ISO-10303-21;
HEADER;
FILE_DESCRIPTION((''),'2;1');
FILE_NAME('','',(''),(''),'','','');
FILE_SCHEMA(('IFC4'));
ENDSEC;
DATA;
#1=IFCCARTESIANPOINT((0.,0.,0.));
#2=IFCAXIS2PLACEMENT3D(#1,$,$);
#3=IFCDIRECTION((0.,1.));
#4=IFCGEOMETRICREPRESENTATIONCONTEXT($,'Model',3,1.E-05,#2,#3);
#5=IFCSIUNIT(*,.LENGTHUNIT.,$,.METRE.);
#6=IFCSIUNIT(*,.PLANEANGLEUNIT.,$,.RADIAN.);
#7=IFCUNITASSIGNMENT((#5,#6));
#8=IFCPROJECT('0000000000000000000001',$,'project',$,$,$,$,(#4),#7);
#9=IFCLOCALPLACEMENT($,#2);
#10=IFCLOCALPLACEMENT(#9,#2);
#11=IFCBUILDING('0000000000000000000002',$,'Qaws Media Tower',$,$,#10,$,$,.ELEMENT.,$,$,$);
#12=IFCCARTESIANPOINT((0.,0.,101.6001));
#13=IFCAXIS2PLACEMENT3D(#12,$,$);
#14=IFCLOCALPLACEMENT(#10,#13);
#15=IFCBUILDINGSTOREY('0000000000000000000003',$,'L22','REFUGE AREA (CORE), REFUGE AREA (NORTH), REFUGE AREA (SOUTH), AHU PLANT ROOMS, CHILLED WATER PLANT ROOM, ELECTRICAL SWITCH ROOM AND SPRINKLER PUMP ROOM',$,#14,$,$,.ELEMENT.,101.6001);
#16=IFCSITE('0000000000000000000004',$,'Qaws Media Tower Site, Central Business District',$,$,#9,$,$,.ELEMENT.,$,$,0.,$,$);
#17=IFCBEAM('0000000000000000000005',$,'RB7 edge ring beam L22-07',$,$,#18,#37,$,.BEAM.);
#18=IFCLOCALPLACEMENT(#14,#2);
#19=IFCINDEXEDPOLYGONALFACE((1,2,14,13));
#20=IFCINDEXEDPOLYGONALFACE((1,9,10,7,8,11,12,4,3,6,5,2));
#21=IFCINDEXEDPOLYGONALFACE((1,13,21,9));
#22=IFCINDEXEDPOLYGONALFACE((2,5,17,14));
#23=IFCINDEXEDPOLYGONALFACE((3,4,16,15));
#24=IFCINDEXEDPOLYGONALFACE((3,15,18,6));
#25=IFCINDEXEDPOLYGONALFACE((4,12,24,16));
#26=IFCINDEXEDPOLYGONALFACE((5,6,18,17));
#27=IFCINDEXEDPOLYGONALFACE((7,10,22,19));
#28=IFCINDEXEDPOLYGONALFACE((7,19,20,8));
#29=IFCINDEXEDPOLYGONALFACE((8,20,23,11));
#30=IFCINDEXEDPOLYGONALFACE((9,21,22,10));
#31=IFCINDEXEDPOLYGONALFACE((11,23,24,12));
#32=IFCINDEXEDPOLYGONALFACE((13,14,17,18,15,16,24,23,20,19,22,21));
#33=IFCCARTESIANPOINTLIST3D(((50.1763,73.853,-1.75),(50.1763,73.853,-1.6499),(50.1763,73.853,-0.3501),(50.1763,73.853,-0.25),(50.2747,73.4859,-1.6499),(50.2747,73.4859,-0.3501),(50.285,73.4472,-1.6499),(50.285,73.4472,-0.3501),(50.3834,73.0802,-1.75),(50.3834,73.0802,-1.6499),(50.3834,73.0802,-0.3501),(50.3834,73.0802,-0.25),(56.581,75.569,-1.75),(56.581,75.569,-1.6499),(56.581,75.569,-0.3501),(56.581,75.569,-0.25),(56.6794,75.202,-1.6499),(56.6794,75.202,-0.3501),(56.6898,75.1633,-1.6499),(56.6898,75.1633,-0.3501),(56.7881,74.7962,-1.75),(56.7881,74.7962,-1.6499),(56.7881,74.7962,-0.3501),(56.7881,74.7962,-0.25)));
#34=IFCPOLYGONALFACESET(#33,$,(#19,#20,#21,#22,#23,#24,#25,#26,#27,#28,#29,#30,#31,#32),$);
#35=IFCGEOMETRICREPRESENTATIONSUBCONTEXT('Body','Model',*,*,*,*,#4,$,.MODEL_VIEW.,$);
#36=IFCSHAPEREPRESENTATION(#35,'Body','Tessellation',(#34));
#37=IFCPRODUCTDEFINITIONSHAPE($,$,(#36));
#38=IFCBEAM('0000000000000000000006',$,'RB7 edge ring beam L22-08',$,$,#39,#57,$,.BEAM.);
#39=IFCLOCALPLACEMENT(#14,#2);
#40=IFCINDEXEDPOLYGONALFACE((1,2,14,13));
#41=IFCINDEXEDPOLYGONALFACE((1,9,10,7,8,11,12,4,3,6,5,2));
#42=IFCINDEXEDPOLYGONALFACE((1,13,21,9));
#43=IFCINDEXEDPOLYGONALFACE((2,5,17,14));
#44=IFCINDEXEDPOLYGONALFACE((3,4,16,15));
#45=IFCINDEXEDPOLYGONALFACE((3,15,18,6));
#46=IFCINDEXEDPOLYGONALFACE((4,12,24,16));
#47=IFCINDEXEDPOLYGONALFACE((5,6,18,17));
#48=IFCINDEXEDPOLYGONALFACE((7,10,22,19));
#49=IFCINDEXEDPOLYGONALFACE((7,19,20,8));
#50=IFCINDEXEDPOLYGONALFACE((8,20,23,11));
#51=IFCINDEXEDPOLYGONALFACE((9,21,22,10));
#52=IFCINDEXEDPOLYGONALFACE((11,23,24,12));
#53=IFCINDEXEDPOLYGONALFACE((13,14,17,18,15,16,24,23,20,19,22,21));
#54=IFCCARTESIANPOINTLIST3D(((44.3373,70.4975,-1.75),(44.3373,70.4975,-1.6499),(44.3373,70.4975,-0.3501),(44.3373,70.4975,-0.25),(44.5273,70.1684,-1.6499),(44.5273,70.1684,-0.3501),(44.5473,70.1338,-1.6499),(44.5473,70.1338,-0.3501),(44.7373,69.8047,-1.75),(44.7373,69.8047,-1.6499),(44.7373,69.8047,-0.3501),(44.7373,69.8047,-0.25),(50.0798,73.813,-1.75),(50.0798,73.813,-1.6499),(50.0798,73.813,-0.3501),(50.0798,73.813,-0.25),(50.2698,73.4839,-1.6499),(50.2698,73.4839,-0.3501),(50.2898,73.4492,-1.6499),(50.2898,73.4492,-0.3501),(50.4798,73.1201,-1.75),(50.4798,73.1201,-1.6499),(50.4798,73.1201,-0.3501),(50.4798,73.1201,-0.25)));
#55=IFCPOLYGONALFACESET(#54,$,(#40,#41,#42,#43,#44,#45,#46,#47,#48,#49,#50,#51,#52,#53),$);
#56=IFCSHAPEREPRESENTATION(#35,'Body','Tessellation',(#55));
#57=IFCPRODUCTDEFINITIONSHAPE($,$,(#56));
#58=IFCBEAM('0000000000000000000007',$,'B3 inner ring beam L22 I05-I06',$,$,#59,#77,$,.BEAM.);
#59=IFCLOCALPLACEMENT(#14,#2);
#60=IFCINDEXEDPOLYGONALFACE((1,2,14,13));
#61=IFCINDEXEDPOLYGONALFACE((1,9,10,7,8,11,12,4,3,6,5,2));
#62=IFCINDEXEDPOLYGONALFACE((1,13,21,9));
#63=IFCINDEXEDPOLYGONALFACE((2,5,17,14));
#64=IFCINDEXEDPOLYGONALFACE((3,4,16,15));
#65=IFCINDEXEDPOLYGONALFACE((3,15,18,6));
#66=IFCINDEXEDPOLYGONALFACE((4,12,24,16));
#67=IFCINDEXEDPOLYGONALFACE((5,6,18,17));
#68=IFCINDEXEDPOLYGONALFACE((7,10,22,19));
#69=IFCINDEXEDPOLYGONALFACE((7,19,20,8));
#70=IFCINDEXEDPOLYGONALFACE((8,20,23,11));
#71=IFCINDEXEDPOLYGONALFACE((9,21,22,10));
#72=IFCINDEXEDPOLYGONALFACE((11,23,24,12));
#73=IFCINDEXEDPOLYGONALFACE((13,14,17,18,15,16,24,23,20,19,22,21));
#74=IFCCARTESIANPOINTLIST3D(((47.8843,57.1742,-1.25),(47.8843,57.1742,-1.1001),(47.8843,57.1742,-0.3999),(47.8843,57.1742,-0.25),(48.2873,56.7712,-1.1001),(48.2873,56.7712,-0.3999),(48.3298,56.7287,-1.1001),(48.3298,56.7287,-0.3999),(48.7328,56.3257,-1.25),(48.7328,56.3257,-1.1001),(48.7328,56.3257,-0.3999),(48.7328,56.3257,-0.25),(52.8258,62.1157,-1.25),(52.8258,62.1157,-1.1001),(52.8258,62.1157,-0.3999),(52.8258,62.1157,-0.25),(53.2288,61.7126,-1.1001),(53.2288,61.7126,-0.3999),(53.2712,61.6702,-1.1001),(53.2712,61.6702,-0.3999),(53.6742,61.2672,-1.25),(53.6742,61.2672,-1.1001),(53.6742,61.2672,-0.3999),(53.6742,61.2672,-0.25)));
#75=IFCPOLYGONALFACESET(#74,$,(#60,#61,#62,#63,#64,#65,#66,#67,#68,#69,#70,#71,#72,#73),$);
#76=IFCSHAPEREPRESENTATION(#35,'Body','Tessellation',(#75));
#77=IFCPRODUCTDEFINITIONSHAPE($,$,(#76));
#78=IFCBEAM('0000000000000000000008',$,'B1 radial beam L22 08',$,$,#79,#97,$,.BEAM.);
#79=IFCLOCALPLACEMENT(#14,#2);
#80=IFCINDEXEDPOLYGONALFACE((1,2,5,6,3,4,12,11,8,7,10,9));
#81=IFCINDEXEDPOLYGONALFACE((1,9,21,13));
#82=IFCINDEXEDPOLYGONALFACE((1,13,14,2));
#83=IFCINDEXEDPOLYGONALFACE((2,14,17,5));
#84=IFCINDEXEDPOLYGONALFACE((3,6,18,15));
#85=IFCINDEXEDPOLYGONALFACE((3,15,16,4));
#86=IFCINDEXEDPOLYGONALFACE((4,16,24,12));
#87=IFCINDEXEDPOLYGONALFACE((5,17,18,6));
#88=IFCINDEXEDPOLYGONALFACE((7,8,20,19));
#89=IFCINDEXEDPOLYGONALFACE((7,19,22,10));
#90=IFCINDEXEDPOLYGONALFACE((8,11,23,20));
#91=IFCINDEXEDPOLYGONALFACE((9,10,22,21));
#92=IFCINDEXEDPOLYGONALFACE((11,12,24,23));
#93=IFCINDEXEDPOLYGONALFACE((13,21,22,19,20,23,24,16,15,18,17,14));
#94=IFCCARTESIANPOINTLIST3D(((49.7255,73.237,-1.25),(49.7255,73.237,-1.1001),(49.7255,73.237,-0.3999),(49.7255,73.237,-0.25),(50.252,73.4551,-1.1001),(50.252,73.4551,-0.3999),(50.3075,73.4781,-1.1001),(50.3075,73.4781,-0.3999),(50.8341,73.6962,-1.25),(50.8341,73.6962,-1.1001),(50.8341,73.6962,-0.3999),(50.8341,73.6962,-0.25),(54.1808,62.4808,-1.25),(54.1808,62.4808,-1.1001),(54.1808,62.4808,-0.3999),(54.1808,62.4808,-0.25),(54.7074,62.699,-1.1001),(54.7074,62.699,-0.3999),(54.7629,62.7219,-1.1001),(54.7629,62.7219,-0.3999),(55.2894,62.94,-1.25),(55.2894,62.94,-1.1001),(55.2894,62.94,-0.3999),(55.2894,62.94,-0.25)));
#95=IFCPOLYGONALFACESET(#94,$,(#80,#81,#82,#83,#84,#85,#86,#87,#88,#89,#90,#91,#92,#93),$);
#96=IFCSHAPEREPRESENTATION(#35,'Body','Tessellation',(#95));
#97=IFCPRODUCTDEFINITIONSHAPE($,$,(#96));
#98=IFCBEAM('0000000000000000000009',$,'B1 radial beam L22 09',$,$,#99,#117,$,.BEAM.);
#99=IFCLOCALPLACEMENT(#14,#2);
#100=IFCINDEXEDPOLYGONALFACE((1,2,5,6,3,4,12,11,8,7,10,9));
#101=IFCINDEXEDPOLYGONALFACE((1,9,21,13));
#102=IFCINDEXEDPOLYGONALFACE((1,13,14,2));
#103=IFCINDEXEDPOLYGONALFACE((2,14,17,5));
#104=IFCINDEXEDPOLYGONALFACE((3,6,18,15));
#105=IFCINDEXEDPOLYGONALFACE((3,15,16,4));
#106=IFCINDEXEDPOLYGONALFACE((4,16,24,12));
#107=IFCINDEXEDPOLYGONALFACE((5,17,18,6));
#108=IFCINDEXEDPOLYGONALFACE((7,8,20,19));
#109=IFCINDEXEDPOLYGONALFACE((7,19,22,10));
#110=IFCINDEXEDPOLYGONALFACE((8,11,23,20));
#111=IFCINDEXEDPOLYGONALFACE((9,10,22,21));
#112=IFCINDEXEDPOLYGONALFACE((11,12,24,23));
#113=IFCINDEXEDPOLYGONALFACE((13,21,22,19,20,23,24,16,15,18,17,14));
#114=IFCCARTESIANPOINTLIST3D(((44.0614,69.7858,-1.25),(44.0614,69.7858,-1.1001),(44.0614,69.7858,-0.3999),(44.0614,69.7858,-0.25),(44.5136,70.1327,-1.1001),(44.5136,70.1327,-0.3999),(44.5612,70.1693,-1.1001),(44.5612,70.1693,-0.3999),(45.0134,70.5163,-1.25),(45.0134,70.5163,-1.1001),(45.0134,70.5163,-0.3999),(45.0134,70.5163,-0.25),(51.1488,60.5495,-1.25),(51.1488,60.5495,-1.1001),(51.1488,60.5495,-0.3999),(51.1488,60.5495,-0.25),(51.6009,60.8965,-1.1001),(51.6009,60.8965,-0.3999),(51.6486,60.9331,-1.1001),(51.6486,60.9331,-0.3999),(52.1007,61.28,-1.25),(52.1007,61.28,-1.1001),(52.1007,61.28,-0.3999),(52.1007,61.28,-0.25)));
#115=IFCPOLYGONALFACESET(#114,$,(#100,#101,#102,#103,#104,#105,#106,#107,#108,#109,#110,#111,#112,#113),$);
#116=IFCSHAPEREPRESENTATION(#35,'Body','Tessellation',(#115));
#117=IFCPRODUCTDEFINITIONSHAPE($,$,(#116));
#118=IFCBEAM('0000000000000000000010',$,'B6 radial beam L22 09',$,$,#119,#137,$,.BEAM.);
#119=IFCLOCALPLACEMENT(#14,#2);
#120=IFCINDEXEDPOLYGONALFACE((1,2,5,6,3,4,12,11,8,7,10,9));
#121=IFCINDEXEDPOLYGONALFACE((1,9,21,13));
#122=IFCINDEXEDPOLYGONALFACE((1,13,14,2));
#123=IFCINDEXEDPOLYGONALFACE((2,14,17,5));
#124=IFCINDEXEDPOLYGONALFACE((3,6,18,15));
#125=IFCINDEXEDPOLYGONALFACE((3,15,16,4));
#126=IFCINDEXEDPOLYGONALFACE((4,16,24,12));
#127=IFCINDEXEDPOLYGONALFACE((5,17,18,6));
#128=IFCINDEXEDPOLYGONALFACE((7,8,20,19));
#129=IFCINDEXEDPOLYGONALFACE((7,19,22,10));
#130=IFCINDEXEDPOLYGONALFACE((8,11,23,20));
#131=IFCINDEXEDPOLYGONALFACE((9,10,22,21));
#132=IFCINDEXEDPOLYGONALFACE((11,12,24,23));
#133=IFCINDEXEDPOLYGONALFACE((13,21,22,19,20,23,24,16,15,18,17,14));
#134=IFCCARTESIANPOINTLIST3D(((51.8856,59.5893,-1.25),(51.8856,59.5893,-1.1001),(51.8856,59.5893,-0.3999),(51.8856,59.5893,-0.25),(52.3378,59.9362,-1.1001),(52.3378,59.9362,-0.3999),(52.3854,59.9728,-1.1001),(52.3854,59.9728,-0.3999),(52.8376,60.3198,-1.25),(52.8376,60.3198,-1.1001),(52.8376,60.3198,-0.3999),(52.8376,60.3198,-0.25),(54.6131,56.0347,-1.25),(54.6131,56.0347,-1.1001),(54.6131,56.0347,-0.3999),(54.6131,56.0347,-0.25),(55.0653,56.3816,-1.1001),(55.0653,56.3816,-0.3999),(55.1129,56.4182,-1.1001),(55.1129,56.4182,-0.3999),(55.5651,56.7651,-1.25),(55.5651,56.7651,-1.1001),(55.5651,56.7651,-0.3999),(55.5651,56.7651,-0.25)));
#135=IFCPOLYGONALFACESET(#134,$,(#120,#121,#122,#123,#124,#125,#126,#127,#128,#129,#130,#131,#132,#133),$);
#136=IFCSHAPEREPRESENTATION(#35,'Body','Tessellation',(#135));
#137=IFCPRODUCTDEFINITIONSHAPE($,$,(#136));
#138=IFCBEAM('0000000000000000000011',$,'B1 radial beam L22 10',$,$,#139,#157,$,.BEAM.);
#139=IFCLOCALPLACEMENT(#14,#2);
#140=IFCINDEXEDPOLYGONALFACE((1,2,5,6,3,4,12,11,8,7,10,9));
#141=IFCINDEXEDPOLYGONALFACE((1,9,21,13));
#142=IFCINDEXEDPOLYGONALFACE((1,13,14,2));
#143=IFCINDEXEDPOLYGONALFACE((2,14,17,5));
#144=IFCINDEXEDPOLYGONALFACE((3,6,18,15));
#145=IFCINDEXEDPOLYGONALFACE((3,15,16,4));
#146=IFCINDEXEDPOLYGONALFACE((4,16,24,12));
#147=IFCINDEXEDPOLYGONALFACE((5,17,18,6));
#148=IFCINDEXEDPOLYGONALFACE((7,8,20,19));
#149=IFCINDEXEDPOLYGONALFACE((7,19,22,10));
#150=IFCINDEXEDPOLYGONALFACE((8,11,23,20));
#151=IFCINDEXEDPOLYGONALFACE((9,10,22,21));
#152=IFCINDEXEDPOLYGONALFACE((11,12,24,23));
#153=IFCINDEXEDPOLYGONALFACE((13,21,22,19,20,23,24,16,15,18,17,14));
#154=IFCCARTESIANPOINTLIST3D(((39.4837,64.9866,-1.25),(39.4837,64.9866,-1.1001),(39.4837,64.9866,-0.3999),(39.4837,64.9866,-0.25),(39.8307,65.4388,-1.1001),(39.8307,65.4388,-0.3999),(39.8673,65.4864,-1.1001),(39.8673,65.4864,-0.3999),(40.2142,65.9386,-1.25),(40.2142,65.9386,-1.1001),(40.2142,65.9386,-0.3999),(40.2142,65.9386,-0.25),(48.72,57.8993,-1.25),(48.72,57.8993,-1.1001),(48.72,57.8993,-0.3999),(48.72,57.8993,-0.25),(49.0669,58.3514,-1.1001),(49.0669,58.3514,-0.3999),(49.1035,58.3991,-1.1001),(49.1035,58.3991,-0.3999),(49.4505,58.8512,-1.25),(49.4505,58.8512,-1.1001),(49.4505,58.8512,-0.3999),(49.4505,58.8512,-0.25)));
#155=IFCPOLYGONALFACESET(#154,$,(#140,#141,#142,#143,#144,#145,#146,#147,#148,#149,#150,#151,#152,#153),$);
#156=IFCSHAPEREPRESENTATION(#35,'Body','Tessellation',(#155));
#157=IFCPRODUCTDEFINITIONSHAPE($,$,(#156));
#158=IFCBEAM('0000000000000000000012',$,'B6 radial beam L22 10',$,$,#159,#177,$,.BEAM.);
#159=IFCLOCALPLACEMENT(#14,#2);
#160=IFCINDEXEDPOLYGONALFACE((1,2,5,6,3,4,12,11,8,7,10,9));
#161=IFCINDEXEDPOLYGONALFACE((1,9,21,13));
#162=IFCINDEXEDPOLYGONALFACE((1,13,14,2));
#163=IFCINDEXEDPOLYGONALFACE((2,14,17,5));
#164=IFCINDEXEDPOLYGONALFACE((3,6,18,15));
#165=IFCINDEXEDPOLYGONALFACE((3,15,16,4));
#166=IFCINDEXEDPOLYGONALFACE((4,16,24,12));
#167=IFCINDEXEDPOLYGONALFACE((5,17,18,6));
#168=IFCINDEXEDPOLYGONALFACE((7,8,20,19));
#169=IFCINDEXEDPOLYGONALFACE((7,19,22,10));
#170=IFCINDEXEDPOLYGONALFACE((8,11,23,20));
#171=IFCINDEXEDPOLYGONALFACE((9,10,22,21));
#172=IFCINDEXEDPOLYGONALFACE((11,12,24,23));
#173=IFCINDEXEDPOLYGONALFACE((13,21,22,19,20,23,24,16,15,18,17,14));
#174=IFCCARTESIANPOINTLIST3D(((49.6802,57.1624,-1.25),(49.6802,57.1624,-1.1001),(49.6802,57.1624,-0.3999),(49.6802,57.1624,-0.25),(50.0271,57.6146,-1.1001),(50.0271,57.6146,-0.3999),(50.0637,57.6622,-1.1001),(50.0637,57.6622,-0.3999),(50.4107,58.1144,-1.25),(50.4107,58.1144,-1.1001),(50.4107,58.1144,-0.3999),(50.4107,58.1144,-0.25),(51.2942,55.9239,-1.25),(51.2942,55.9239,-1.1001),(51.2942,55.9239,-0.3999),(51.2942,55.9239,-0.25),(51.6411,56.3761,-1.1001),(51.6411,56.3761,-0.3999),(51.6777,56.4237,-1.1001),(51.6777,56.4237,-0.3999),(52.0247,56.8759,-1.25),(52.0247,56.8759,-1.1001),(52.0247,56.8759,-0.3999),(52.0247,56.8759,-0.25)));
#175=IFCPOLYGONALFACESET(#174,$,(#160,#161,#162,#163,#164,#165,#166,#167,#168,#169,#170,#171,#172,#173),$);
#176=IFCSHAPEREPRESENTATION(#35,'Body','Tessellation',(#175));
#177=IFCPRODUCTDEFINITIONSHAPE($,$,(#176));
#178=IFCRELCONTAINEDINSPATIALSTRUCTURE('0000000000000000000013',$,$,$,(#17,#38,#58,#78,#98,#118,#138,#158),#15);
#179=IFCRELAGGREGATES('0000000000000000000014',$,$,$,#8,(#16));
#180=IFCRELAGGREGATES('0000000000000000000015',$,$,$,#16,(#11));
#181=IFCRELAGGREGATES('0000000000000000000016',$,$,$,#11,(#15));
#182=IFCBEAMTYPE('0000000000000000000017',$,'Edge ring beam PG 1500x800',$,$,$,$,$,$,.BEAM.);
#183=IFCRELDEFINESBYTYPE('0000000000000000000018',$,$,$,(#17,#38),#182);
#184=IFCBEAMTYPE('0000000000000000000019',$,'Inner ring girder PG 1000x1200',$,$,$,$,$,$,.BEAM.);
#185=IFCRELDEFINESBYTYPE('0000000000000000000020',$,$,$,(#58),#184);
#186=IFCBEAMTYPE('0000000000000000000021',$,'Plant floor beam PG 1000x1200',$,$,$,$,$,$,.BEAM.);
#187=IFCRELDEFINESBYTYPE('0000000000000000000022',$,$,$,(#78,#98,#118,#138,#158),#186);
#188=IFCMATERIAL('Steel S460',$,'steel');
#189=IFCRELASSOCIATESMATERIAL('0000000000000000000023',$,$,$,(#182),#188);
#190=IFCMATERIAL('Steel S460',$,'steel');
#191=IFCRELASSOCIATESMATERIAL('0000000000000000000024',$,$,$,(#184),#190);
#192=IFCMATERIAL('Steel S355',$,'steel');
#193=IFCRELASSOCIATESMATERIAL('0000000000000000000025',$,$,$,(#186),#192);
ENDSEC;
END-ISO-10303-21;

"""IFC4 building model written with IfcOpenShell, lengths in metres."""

from ifc_helpers import new_model, si_unit, direction, frame, origin, origin_2d, place, context, subcontext, project, spatial, i_section, extrude, material, material_profile, profile_set, type_object, element, save


model = new_model("IFC4")

# Units and contexts
model_context = context("Model", 3, precision=1e-05, world=origin(), true_north=direction((0.0, 1.0)))
body_context = subcontext(model_context, "Body", "Model", "MODEL_VIEW")
ifc_project = project(units=[si_unit("LENGTHUNIT", "METRE"), si_unit("PLANEANGLEUNIT", "RADIAN")], contexts=[model_context])

# Site, building, storey
site_placement = place(None, origin())
site = spatial("IfcSite", under=ifc_project, at=site_placement, Name="Qaws Media Tower Site, Central Business District", CompositionType="ELEMENT", RefElevation=0.0)
building_placement = place(site_placement, origin())
building = spatial("IfcBuilding", under=site, at=building_placement, Name="Qaws Media Tower", CompositionType="ELEMENT")
storey_placement = place(building_placement, frame((0.0, 0.0, 101.6001)))
storey = spatial("IfcBuildingStorey", under=building, at=storey_placement, Name="L22", Description="REFUGE AREA (CORE), REFUGE AREA (NORTH), REFUGE AREA (SOUTH), AHU PLANT ROOMS, CHILLED WATER PLANT ROOM, ELECTRICAL SWITCH ROOM AND SPRINKLER PUMP ROOM", CompositionType="ELEMENT", Elevation=101.6001)

# Beams
ifc_material_1 = material(Name="Steel S460", Category="steel")
ifc_material_profile_1 = material_profile(ifc_material_1, i_section(OverallWidth=0.8, OverallDepth=1.5, WebThickness=0.04, FlangeThickness=0.1001, at=origin_2d()), Name="PG 1500x800")
ifc_profile_set_1 = profile_set([ifc_material_profile_1], Name="Steel S460")
beam_type_1 = type_object("IfcBeamType", Name="Edge ring beam PG 1500x800", PredefinedType="BEAM", material=ifc_profile_set_1)
beam_1_placement = place(storey_placement, frame((56.6846, 75.1826, -1.0), z_axis=(-0.965929, -0.258806, 0.0), x_axis=(0.258806, -0.965929, 0.0)))
element("IfcBeam", 1, at=beam_1_placement, inside=storey, type_object=beam_type_1, Name="RB7 edge ring beam L22-07", PredefinedType="BEAM", context=body_context, shape_type="SweptSolid", body=[
    extrude(i_section(OverallWidth=0.8, OverallDepth=1.5, WebThickness=0.04, FlangeThickness=0.1001, at=origin_2d()), origin(), (0.0, 0.0, 1.0), 6.6306),
])
beam_2_placement = place(storey_placement, frame((50.2798, 73.4666, -1.0), z_axis=(-0.866023, -0.500004, 0.0), x_axis=(0.500004, -0.866023, 0.0)))
element("IfcBeam", 2, at=beam_2_placement, inside=storey, type_object=beam_type_1, Name="RB7 edge ring beam L22-08", PredefinedType="BEAM", context=body_context, shape_type="SweptSolid", body=[
    extrude(i_section(OverallWidth=0.8, OverallDepth=1.5, WebThickness=0.04, FlangeThickness=0.1001, at=origin_2d()), origin(), (0.0, 0.0, 1.0), 6.6309),
])
ifc_material_2 = material(Name="Steel S460", Category="steel")
ifc_material_profile_2 = material_profile(ifc_material_2, i_section(OverallWidth=1.2, OverallDepth=1.0, WebThickness=0.0601, FlangeThickness=0.1499, at=origin_2d()), Name="PG 1000x1200")
ifc_profile_set_2 = profile_set([ifc_material_profile_2], Name="Steel S460")
beam_type_2 = type_object("IfcBeamType", Name="Inner ring girder PG 1000x1200", PredefinedType="BEAM", material=ifc_profile_set_2)
beam_3_placement = place(storey_placement, frame((53.25, 61.6914, -0.75), z_axis=(-0.707107, -0.707107, 0.0), x_axis=(0.707107, -0.707107, 0.0)))
element("IfcBeam", 3, at=beam_3_placement, inside=storey, type_object=beam_type_2, Name="B3 inner ring beam L22 I05-I06", PredefinedType="BEAM", context=body_context, shape_type="SweptSolid", body=[
    extrude(i_section(OverallWidth=1.2, OverallDepth=1.0, WebThickness=0.0601, FlangeThickness=0.1499, at=origin_2d()), origin(), (0.0, 0.0, 1.0), 6.9883),
])
ifc_material_3 = material(Name="Steel S355", Category="steel")
ifc_material_profile_3 = material_profile(ifc_material_3, i_section(OverallWidth=1.2, OverallDepth=1.0, WebThickness=0.0601, FlangeThickness=0.1499, at=origin_2d()), Name="PG 1000x1200")
ifc_profile_set_3 = profile_set([ifc_material_profile_3], Name="Steel S355")
beam_type_3 = type_object("IfcBeamType", Name="Plant floor beam PG 1000x1200", PredefinedType="BEAM", material=ifc_profile_set_3)
beam_4_placement = place(storey_placement, frame((54.7351, 62.7104, -0.75), z_axis=(-0.382683, 0.92388, 0.0), x_axis=(-0.92388, -0.382683, 0.0)))
element("IfcBeam", 4, at=beam_4_placement, inside=storey, type_object=beam_type_3, Name="B1 radial beam L22 08", PredefinedType="BEAM", context=body_context, shape_type="SweptSolid", body=[
    extrude(i_section(OverallWidth=1.2, OverallDepth=1.0, WebThickness=0.0601, FlangeThickness=0.1499, at=origin_2d()), origin(), (0.0, 0.0, 1.0), 11.6423),
])
beam_5_placement = place(storey_placement, frame((51.6248, 60.9148, -0.75), z_axis=(-0.608768, 0.793348, 0.0), x_axis=(-0.793348, -0.608768, 0.0)))
element("IfcBeam", 5, at=beam_5_placement, inside=storey, type_object=beam_type_3, Name="B1 radial beam L22 09", PredefinedType="BEAM", context=body_context, shape_type="SweptSolid", body=[
    extrude(i_section(OverallWidth=1.2, OverallDepth=1.0, WebThickness=0.0601, FlangeThickness=0.1499, at=origin_2d()), origin(), (0.0, 0.0, 1.0), 11.6421),
])
beam_6_placement = place(storey_placement, frame((55.0891, 56.3999, -0.75), z_axis=(-0.608752, 0.793361, 0.0), x_axis=(-0.793361, -0.608752, 0.0)))
element("IfcBeam", 6, at=beam_6_placement, inside=storey, type_object=beam_type_3, Name="B6 radial beam L22 09", PredefinedType="BEAM", context=body_context, shape_type="SweptSolid", body=[
    extrude(i_section(OverallWidth=1.2, OverallDepth=1.0, WebThickness=0.0601, FlangeThickness=0.1499, at=origin_2d()), origin(), (0.0, 0.0, 1.0), 4.4805),
])
beam_7_placement = place(storey_placement, frame((49.0852, 58.3752, -0.75), z_axis=(-0.793348, 0.608768, 0.0), x_axis=(-0.608768, -0.793348, 0.0)))
element("IfcBeam", 7, at=beam_7_placement, inside=storey, type_object=beam_type_3, Name="B1 radial beam L22 10", PredefinedType="BEAM", context=body_context, shape_type="SweptSolid", body=[
    extrude(i_section(OverallWidth=1.2, OverallDepth=1.0, WebThickness=0.0601, FlangeThickness=0.1499, at=origin_2d()), origin(), (0.0, 0.0, 1.0), 11.6421),
])
beam_8_placement = place(storey_placement, frame((51.6594, 56.3999, -0.75), z_axis=(-0.793342, 0.608777, 0.0), x_axis=(-0.608777, -0.793342, 0.0)))
element("IfcBeam", 8, at=beam_8_placement, inside=storey, type_object=beam_type_3, Name="B6 radial beam L22 10", PredefinedType="BEAM", context=body_context, shape_type="SweptSolid", body=[
    extrude(i_section(OverallWidth=1.2, OverallDepth=1.0, WebThickness=0.0601, FlangeThickness=0.1499, at=origin_2d()), origin(), (0.0, 0.0, 1.0), 2.0344),
])

save(model, "model.ifc")
